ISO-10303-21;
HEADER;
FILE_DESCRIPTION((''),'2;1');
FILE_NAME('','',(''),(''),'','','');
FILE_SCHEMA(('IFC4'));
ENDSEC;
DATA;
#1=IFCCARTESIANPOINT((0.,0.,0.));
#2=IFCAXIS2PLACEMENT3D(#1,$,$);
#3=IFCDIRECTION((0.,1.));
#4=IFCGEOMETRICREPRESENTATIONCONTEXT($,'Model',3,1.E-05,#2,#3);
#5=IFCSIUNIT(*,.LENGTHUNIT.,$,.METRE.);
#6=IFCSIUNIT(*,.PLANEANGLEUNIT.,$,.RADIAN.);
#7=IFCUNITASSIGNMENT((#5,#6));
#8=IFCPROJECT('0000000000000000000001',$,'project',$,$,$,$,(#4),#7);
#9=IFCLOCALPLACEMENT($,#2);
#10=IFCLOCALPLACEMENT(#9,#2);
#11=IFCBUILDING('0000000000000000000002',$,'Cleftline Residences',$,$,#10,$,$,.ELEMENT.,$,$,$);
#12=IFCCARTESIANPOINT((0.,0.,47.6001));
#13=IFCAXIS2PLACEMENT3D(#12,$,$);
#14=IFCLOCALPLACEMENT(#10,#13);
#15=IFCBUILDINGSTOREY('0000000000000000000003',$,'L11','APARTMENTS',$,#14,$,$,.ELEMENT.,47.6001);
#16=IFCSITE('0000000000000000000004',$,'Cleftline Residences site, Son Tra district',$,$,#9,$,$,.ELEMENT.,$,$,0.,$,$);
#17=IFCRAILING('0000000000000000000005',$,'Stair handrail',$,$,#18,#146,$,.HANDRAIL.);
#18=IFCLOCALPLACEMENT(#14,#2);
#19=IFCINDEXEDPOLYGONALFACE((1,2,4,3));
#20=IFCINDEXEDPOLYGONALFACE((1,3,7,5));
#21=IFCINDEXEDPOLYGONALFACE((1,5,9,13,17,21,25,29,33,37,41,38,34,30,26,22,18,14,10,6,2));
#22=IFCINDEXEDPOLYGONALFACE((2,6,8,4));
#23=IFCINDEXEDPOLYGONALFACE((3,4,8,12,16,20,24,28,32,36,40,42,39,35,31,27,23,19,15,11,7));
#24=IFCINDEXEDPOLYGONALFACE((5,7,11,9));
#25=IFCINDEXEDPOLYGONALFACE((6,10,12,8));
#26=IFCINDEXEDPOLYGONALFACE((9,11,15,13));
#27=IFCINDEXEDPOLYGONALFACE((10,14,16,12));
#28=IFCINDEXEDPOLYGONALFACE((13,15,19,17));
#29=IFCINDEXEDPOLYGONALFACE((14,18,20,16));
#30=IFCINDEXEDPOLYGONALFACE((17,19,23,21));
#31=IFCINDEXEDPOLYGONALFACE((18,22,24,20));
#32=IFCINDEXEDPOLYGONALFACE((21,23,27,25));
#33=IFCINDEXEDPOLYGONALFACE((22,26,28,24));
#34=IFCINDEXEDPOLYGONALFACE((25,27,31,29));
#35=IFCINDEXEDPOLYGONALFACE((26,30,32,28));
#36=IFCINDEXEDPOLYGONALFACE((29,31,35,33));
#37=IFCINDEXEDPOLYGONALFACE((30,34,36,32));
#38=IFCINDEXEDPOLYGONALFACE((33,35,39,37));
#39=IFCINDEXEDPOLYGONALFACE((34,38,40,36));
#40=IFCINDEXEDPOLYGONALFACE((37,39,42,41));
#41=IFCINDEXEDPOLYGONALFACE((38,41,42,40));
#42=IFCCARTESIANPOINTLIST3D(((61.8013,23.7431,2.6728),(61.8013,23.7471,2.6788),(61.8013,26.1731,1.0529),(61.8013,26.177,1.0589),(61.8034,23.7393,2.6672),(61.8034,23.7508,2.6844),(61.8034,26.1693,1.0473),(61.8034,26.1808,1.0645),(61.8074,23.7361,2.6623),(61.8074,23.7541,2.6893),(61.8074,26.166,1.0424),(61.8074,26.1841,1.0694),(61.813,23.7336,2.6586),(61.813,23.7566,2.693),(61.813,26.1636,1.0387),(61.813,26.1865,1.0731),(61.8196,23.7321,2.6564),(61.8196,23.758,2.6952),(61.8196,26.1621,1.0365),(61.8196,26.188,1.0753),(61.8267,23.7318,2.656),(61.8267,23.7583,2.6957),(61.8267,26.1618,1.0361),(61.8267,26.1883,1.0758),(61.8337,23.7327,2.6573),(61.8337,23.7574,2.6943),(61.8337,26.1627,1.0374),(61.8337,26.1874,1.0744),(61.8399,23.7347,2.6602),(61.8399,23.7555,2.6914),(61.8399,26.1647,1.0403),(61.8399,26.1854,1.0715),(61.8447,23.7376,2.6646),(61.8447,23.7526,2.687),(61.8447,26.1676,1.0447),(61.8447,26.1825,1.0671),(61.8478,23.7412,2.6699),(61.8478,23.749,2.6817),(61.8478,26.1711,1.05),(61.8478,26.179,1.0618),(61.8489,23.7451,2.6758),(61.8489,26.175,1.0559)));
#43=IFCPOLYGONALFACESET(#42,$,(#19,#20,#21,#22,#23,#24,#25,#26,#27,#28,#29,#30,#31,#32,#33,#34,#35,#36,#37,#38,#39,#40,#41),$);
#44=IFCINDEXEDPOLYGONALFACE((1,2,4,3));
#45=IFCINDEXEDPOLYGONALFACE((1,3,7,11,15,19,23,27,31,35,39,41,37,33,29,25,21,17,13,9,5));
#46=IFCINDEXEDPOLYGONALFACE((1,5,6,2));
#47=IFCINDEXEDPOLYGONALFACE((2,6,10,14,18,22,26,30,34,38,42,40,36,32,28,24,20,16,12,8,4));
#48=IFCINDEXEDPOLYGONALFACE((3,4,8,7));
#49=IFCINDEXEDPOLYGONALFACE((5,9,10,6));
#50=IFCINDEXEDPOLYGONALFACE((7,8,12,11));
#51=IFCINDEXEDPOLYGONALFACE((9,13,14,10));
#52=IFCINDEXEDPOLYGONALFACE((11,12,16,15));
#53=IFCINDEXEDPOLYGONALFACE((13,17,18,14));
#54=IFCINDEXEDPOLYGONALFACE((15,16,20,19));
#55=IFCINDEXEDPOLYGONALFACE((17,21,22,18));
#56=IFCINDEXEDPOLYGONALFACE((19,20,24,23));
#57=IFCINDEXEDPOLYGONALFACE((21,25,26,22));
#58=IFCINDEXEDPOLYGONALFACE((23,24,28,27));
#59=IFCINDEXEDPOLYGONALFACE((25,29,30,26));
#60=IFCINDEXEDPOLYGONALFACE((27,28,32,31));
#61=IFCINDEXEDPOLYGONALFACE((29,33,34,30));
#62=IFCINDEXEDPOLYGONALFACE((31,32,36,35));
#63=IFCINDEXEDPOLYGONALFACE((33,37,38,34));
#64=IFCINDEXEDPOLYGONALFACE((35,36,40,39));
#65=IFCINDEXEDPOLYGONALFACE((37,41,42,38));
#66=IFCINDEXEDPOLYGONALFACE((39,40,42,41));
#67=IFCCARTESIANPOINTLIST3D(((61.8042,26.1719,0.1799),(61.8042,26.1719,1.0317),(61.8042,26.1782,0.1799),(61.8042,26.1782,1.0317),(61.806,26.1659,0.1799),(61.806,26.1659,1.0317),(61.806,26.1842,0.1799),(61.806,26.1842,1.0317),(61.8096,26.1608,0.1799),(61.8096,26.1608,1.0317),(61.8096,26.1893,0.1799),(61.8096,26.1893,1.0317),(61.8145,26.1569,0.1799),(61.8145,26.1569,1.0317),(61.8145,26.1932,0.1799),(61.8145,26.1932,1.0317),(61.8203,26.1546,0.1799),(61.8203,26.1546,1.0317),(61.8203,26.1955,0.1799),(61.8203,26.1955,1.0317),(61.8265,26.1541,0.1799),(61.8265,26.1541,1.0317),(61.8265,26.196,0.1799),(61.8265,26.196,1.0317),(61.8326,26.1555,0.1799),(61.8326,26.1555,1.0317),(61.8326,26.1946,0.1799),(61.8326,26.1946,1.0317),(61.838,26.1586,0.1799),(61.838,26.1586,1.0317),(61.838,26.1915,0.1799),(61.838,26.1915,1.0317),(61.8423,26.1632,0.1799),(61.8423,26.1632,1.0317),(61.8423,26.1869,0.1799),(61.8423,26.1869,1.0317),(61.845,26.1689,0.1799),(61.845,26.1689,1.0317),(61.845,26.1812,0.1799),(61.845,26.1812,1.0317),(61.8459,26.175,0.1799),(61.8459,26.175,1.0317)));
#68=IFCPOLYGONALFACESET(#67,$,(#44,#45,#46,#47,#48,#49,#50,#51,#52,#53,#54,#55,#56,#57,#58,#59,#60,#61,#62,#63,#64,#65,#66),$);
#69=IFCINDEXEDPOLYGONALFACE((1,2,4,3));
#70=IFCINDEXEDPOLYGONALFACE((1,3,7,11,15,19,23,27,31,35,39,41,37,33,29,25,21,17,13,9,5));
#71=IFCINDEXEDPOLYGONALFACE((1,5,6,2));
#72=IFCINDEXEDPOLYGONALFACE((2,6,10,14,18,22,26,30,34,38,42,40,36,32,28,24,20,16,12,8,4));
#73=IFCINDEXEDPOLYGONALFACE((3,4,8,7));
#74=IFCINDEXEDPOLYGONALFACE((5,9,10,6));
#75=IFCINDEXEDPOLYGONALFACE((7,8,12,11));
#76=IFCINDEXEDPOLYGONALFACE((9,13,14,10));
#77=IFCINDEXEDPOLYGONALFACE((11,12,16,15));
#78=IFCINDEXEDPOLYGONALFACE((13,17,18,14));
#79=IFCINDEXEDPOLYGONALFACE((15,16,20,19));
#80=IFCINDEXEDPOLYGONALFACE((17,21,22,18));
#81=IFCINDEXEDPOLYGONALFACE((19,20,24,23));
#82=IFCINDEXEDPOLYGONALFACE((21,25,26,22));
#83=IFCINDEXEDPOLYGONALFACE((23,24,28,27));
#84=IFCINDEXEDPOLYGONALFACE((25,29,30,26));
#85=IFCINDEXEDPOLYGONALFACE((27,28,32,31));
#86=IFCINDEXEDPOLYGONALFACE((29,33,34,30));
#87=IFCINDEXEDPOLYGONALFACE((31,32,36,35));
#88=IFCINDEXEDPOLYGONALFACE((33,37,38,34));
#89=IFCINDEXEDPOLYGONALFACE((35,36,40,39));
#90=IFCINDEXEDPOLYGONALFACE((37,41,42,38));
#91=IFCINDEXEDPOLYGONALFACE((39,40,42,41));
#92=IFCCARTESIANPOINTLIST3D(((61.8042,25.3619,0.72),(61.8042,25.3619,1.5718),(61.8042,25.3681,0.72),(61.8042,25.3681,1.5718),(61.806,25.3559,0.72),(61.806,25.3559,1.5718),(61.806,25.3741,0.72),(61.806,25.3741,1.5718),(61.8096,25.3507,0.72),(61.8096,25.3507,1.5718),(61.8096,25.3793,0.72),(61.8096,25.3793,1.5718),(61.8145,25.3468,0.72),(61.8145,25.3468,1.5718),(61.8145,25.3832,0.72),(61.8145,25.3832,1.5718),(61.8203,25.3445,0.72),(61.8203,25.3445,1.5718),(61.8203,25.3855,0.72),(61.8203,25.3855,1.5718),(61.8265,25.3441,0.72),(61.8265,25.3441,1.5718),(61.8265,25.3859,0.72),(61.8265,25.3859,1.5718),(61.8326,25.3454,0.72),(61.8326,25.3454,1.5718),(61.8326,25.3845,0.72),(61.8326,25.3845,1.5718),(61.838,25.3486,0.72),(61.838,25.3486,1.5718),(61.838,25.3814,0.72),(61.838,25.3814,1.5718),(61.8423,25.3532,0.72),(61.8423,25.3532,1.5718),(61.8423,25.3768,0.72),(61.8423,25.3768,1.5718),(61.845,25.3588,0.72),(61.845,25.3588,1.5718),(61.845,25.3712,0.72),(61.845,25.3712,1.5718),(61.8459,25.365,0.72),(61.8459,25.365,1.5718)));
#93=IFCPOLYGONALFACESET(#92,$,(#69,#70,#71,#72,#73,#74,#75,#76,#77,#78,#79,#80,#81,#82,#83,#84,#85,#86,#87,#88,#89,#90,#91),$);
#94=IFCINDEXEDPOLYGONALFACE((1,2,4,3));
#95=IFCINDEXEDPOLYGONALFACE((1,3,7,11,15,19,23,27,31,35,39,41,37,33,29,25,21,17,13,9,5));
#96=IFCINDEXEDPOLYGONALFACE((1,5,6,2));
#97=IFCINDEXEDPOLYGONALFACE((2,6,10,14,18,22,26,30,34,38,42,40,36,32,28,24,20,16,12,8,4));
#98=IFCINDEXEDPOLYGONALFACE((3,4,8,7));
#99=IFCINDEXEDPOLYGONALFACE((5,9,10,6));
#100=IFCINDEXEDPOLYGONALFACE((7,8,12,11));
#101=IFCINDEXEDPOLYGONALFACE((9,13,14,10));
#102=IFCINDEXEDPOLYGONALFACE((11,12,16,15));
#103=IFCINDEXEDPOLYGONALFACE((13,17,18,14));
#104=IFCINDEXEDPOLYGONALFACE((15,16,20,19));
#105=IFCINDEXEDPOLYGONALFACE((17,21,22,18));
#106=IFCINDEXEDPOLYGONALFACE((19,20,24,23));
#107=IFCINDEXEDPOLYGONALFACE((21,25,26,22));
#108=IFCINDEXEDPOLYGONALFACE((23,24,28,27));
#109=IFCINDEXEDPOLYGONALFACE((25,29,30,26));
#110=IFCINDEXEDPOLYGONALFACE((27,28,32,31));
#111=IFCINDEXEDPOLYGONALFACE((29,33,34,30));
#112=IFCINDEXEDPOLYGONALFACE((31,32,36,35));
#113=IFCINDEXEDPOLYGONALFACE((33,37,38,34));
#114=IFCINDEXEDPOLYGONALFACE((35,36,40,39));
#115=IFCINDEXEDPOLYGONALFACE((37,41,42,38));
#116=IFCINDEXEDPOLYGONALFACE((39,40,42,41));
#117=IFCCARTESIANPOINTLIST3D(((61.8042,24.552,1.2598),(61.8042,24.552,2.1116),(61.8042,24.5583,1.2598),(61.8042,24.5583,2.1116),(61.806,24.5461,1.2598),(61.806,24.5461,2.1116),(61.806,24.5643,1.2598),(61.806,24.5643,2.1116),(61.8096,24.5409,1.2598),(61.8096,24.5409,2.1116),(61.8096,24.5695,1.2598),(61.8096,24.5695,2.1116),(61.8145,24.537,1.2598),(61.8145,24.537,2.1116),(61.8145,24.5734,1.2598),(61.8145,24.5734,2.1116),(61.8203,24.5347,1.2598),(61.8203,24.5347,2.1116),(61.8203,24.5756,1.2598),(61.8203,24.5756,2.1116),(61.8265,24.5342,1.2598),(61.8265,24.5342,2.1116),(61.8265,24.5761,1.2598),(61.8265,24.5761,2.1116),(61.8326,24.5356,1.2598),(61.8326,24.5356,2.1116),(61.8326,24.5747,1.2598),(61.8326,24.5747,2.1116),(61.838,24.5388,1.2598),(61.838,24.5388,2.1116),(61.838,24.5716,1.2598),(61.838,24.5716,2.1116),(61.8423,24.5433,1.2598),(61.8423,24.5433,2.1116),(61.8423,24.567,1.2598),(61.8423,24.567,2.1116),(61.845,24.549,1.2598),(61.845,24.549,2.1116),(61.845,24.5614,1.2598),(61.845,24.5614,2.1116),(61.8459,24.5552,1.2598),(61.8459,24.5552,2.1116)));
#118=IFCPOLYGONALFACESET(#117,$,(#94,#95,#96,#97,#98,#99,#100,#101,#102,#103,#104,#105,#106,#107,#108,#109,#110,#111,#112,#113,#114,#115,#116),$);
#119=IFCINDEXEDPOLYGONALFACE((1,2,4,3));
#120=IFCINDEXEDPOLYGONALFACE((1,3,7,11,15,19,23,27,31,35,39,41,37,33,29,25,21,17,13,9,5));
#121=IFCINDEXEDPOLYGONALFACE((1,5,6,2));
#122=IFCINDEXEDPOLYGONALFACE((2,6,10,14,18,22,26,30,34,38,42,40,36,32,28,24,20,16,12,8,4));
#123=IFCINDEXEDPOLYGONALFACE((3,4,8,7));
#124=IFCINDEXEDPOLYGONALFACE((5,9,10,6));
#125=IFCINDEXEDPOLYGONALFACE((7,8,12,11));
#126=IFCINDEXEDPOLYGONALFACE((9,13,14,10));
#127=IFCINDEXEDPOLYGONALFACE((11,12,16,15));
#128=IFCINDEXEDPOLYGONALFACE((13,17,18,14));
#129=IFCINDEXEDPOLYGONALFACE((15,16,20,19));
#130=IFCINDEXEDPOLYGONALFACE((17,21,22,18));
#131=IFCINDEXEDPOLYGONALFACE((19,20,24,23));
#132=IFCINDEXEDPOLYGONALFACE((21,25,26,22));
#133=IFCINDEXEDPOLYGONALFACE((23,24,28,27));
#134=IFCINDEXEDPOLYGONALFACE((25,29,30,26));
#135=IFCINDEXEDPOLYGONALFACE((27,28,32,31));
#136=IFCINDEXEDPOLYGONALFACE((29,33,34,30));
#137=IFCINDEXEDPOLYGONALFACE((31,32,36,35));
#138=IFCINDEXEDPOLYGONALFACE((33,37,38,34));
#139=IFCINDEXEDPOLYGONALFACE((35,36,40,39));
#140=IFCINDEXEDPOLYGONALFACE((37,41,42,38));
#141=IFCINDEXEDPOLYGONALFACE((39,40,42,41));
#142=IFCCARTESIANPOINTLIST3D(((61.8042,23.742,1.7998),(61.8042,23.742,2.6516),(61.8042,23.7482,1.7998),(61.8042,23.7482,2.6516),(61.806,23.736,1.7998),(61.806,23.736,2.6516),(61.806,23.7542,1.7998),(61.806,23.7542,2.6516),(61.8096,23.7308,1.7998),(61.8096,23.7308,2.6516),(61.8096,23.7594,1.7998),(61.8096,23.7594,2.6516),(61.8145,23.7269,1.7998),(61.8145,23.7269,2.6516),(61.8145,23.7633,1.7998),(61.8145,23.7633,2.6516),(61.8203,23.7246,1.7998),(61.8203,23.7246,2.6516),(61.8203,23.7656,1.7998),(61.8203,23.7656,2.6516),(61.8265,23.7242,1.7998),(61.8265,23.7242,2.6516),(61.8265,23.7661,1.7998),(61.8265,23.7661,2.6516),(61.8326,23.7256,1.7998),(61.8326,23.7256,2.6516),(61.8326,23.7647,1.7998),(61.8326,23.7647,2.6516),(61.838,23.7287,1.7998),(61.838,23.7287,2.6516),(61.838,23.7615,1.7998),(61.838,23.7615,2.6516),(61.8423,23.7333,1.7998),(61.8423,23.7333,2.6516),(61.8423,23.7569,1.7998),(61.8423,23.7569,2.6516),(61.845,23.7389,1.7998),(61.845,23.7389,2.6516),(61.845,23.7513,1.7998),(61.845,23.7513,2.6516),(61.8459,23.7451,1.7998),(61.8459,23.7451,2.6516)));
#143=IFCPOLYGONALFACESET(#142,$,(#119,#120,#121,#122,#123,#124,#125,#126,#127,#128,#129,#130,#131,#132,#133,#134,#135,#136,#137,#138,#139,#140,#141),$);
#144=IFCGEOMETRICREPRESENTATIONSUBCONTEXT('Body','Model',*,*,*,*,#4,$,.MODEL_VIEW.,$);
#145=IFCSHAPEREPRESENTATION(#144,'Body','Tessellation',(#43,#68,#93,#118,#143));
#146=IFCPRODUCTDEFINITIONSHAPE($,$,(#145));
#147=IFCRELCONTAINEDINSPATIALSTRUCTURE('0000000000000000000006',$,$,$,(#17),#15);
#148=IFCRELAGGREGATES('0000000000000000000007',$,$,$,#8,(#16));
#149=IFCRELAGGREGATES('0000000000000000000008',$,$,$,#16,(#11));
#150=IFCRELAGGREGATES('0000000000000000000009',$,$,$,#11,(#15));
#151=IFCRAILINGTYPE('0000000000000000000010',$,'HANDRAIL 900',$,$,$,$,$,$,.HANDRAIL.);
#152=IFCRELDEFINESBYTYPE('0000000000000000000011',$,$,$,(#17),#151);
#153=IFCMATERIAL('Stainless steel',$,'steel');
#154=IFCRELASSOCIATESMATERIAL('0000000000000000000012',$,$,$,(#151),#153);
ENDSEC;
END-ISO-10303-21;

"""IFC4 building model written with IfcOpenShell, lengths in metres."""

from ifc_helpers import new_model, si_unit, direction, frame, origin, origin_2d, place, context, subcontext, project, spatial, circle, extrude, material, type_object, element, save


model = new_model("IFC4")

# Units and contexts
model_context = context("Model", 3, precision=1e-05, world=origin(), true_north=direction((0.0, 1.0)))
body_context = subcontext(model_context, "Body", "Model", "MODEL_VIEW")
ifc_project = project(units=[si_unit("LENGTHUNIT", "METRE"), si_unit("PLANEANGLEUNIT", "RADIAN")], contexts=[model_context])

# Site, building, storey
site_placement = place(None, origin())
site = spatial("IfcSite", under=ifc_project, at=site_placement, Name="Cleftline Residences site, Son Tra district", CompositionType="ELEMENT", RefElevation=0.0)
building_placement = place(site_placement, origin())
building = spatial("IfcBuilding", under=site, at=building_placement, Name="Cleftline Residences", CompositionType="ELEMENT")
storey_placement = place(building_placement, frame((0.0, 0.0, 47.6001)))
storey = spatial("IfcBuildingStorey", under=building, at=storey_placement, Name="L11", Description="APARTMENTS", CompositionType="ELEMENT", Elevation=47.6001)

# Railing
ifc_material_1 = material(Name="Stainless steel", Category="steel")
railing_type = type_object("IfcRailingType", Name="HANDRAIL 900", PredefinedType="HANDRAIL", material=ifc_material_1)
railing_placement = place(storey_placement, frame((61.825, 26.175, 0.1799)))
element("IfcRailing", 1, at=railing_placement, inside=storey, type_object=railing_type, Name="Stair handrail", PredefinedType="HANDRAIL", context=body_context, shape_type="SweptSolid", body=[
    extrude(circle(Radius=0.0239, at=origin_2d()), frame((0.0, 0.0, 0.876), z_axis=(0.0, -0.832063, 0.554681), x_axis=(1.0, 0.0, 0.0)), (0.0, 0.0, 1.0), 2.9204),
    extrude(circle(Radius=0.021, at=origin_2d()), origin(), (0.0, 0.0, 1.0), 0.8518),
    extrude(circle(Radius=0.021, at=origin_2d()), frame((0.0, -0.8101, 0.54)), (0.0, 0.0, 1.0), 0.8518),
    extrude(circle(Radius=0.021, at=origin_2d()), frame((0.0, -1.6199, 1.0798)), (0.0, 0.0, 1.0), 0.8518),
    extrude(circle(Radius=0.021, at=origin_2d()), frame((0.0, -2.4299, 1.6199)), (0.0, 0.0, 1.0), 0.8518),
])

save(model, "model.ifc")
